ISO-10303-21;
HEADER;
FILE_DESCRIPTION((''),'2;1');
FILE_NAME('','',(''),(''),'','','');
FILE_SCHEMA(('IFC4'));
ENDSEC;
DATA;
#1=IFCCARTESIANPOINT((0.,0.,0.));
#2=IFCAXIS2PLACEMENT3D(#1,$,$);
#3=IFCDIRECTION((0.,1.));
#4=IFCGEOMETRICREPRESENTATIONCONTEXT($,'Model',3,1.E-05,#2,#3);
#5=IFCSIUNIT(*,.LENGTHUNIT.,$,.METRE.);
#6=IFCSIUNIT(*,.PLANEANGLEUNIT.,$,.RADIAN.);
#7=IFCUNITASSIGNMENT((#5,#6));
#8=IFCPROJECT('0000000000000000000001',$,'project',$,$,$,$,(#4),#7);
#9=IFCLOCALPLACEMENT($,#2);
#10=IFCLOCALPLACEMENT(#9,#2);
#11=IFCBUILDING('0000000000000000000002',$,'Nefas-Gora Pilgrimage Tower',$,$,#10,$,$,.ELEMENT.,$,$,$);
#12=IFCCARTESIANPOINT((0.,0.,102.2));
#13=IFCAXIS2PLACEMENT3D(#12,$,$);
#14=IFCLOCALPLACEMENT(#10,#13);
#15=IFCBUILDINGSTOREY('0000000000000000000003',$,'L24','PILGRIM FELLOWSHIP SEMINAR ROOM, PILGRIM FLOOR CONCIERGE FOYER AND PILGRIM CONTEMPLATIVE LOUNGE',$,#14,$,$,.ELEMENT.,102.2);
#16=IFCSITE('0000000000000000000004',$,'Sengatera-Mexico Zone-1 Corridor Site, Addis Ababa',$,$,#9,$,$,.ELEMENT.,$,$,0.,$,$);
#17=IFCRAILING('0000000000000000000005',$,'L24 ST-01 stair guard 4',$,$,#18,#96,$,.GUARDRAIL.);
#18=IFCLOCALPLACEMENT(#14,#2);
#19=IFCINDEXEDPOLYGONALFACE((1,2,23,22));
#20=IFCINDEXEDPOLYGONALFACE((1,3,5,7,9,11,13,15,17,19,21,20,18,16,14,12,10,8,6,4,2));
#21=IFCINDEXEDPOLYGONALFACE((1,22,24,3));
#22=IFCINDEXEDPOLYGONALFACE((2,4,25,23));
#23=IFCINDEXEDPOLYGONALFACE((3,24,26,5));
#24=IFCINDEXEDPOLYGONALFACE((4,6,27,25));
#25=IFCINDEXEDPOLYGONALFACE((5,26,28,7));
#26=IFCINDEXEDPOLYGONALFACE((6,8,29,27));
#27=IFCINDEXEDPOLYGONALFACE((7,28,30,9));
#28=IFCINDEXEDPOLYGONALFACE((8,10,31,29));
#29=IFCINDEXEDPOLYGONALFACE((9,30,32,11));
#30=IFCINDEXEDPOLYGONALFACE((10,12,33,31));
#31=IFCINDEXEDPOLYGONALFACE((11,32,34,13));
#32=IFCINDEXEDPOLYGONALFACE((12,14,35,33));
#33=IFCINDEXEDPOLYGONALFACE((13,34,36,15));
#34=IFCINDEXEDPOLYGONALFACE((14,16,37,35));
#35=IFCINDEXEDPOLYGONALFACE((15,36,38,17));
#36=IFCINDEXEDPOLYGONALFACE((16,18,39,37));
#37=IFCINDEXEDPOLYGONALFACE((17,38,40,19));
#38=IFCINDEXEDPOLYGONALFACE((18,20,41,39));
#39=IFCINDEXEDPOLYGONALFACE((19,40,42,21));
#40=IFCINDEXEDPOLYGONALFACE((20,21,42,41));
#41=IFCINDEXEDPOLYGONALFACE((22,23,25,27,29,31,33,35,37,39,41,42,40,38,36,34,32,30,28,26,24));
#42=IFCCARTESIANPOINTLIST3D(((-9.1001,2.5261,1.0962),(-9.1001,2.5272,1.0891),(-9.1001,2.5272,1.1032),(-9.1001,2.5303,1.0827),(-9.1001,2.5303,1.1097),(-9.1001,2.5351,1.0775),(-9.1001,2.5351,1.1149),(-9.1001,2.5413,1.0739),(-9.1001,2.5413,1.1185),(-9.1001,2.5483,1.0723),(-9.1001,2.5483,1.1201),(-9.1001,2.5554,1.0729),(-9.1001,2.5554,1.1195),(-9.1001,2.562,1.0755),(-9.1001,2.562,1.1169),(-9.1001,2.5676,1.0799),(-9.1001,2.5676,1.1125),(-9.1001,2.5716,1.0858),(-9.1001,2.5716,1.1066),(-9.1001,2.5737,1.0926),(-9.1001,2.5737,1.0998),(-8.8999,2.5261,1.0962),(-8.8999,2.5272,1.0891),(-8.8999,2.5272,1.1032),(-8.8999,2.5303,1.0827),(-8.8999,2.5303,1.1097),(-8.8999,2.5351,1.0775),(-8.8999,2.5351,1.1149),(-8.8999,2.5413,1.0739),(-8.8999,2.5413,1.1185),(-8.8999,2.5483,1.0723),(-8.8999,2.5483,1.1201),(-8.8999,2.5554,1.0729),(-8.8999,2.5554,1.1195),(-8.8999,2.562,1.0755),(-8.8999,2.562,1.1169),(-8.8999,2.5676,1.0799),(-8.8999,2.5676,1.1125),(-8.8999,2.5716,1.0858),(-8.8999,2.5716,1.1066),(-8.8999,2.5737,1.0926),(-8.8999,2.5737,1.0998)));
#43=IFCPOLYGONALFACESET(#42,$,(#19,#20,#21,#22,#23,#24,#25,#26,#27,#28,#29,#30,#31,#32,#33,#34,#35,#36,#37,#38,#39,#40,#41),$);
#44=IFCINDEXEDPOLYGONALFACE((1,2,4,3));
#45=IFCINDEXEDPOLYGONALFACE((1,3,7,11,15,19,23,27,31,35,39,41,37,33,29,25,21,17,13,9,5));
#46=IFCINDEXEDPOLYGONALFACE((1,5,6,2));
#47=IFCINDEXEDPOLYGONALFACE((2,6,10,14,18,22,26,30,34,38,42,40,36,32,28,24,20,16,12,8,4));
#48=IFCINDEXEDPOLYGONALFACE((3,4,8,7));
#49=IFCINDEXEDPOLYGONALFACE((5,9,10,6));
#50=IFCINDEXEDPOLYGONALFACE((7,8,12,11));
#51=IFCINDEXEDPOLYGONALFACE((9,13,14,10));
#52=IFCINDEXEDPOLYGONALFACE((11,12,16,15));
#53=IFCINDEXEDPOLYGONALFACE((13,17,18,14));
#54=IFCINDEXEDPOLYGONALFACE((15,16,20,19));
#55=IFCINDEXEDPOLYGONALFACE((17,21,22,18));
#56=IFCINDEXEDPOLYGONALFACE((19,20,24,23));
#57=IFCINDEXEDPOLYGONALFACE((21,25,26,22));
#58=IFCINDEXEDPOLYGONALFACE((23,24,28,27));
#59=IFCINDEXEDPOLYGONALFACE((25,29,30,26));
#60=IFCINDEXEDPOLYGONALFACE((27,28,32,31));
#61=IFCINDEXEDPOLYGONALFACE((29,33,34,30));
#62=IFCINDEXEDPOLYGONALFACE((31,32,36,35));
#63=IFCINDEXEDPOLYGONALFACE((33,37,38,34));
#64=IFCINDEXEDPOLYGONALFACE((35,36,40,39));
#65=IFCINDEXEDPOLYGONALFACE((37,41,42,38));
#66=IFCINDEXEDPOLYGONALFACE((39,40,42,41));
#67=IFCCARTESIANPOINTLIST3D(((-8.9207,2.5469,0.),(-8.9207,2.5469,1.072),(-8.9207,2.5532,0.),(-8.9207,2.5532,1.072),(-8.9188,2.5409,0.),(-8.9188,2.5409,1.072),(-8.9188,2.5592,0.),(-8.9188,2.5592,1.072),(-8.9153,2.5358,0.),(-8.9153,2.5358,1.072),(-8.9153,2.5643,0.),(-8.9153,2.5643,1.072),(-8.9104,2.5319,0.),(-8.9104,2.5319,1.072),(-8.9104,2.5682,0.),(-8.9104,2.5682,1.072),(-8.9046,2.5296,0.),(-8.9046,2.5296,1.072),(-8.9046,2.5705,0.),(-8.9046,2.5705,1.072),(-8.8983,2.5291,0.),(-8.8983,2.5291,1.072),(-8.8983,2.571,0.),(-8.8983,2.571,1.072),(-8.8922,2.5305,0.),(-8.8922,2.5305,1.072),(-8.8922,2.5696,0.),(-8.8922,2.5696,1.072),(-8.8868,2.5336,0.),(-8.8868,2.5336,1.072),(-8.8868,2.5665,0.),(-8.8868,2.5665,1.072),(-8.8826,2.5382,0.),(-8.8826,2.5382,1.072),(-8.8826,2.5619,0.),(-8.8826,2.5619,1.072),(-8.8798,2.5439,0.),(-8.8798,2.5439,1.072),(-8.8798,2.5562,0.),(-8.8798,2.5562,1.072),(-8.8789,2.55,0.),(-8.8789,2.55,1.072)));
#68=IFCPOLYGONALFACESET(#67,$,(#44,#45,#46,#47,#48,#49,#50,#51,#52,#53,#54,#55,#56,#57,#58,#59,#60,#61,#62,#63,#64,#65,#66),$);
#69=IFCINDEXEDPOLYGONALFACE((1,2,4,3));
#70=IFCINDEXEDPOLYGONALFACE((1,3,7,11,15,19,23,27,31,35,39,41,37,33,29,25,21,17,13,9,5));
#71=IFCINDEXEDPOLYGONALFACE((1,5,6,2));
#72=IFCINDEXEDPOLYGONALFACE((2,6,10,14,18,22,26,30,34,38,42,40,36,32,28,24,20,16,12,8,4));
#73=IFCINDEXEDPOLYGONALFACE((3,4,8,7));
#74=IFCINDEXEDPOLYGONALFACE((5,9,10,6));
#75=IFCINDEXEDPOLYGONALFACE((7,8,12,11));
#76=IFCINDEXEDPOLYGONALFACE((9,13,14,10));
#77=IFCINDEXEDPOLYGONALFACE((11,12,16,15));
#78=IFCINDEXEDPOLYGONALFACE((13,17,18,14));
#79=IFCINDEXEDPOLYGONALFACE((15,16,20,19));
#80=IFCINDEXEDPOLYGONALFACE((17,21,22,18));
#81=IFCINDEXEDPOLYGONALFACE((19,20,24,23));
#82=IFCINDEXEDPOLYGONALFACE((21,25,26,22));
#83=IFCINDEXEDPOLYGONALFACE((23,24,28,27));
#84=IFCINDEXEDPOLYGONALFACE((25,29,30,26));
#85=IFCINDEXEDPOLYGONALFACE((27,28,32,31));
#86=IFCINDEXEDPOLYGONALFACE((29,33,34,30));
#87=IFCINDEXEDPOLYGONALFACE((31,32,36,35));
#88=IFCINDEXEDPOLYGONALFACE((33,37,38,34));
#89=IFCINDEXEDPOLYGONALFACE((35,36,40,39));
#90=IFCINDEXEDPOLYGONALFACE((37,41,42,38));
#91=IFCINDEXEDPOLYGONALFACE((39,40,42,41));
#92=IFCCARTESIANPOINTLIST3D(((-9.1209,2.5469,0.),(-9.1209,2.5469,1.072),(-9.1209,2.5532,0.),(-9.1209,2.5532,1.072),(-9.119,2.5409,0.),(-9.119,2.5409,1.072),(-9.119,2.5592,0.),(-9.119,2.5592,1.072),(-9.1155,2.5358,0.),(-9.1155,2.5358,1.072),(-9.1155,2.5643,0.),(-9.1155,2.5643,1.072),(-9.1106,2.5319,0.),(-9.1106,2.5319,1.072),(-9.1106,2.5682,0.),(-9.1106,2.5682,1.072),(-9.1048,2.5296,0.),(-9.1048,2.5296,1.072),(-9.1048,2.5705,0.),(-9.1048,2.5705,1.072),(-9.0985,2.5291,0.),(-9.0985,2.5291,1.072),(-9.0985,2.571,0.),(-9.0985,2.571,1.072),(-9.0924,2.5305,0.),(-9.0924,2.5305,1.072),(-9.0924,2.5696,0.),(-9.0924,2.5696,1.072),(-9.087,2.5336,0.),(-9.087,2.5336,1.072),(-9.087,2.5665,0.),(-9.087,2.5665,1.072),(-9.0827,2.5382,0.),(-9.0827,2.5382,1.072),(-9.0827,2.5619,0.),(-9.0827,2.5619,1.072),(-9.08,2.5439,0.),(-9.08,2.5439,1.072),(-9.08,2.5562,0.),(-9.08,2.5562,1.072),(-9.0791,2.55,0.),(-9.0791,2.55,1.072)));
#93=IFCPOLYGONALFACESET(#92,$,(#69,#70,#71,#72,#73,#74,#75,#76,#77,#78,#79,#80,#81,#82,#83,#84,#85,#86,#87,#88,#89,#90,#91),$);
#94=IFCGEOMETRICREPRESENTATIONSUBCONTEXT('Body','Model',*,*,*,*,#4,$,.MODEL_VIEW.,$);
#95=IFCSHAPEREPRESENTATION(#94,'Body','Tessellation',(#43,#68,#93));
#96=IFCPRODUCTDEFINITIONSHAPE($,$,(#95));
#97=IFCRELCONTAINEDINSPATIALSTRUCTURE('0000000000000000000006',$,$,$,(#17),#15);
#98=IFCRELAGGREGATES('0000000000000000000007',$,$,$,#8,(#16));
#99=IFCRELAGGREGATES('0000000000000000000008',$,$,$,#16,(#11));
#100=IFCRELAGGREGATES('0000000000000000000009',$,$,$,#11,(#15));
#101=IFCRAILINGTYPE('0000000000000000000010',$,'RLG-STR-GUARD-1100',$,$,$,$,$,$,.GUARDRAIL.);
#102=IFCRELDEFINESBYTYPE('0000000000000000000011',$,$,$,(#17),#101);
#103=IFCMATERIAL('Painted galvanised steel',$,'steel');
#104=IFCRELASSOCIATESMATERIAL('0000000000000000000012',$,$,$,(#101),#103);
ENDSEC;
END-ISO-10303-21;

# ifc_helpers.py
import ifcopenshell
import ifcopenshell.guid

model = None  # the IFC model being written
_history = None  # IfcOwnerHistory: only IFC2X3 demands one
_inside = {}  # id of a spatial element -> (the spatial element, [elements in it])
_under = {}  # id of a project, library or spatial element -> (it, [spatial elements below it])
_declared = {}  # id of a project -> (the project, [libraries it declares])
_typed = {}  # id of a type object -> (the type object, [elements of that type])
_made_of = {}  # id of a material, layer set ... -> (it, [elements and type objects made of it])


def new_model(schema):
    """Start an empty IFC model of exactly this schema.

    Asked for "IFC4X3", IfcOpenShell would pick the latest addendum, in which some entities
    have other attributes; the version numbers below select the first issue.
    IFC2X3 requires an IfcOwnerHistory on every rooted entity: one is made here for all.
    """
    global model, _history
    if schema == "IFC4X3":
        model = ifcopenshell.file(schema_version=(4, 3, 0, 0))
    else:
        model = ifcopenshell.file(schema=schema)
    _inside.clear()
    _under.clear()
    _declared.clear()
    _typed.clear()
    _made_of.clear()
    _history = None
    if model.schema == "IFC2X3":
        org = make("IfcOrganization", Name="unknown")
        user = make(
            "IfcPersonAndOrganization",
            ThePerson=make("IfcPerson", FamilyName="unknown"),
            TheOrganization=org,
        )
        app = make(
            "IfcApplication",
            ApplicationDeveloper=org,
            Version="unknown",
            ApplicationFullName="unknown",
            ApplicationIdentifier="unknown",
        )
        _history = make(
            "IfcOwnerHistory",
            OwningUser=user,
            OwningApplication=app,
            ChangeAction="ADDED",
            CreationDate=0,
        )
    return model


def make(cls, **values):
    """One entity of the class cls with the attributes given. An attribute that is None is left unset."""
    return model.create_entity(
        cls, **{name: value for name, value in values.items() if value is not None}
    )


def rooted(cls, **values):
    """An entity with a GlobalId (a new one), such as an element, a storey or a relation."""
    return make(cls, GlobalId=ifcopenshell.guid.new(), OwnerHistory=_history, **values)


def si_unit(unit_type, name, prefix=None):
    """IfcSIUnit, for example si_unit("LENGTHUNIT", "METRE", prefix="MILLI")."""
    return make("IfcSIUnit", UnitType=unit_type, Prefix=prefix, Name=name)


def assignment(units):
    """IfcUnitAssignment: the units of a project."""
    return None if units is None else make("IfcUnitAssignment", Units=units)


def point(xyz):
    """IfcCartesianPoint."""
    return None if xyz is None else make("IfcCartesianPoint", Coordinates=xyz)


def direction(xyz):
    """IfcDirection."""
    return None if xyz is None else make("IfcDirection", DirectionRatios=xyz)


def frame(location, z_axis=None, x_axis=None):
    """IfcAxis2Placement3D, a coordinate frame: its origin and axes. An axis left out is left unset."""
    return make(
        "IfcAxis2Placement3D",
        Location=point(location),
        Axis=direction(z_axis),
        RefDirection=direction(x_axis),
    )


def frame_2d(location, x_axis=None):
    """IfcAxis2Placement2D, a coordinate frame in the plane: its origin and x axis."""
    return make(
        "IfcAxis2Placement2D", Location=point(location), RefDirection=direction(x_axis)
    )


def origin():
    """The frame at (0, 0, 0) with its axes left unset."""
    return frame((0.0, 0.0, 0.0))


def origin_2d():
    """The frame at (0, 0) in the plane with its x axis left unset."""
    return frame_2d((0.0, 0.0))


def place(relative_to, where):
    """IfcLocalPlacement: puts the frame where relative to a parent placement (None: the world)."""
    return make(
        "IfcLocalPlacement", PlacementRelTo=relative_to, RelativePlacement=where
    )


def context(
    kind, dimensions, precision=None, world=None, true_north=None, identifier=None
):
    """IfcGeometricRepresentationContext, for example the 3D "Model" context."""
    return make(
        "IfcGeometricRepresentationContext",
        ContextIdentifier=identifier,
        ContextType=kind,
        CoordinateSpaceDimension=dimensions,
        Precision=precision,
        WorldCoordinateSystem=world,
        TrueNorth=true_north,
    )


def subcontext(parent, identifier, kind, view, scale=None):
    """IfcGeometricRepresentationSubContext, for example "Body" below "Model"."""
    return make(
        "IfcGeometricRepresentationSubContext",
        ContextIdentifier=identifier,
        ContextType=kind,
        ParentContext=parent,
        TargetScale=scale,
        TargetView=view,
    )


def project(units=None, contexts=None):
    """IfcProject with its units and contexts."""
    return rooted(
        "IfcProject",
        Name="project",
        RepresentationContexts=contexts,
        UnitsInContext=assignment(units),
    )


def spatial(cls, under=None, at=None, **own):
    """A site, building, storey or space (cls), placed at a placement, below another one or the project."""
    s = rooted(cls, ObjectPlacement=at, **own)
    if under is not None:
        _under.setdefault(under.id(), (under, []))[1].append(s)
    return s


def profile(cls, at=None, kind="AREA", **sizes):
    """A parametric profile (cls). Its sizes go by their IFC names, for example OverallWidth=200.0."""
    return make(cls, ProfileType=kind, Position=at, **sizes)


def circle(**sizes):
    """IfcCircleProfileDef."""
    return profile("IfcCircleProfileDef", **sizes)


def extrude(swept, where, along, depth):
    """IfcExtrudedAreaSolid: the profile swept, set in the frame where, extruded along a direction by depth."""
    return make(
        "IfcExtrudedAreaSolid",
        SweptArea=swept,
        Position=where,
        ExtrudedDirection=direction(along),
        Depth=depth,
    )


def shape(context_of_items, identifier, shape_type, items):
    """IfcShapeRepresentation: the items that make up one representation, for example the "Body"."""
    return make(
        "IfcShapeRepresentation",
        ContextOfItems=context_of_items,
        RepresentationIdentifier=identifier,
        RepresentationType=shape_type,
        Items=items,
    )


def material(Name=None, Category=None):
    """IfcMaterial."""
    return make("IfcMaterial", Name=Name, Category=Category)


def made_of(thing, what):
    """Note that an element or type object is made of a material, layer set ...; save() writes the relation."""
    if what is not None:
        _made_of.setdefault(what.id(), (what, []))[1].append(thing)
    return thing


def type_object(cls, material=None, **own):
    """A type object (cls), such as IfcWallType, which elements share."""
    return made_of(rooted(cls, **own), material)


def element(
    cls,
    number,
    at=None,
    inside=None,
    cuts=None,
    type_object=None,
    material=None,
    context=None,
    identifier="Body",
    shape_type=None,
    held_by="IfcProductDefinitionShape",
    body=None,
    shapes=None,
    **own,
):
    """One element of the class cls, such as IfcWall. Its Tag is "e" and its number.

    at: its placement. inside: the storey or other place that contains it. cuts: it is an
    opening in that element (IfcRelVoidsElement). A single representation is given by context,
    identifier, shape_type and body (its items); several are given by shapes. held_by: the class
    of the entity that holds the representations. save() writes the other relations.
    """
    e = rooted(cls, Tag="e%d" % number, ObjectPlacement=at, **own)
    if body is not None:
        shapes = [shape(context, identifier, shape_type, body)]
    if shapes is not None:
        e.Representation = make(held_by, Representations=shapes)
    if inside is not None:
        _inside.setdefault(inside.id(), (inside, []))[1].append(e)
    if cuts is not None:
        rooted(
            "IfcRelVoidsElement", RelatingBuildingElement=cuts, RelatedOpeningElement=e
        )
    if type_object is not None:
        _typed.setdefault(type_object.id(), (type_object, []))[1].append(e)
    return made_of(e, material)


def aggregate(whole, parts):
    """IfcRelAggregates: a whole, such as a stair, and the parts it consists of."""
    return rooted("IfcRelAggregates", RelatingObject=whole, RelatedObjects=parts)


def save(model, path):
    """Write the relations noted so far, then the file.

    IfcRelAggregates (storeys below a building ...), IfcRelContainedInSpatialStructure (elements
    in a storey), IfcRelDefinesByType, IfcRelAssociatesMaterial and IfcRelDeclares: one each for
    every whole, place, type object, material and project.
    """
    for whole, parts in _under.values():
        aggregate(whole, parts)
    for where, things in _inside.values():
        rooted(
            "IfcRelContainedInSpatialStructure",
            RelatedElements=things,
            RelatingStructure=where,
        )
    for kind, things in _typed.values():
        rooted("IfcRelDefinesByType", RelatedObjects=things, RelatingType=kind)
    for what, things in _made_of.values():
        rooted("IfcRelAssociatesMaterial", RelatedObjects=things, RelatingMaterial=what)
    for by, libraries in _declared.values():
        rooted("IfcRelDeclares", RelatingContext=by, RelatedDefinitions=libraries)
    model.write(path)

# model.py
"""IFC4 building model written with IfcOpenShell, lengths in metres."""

from ifc_helpers import new_model, si_unit, direction, frame, origin, origin_2d, place, context, subcontext, project, spatial, circle, extrude, material, type_object, element, save


model = new_model("IFC4")

# Units and contexts
model_context = context("Model", 3, precision=1e-05, world=origin(), true_north=direction((0.0, 1.0)))
body_context = subcontext(model_context, "Body", "Model", "MODEL_VIEW")
ifc_project = project(units=[si_unit("LENGTHUNIT", "METRE"), si_unit("PLANEANGLEUNIT", "RADIAN")], contexts=[model_context])

# Site, building, storey
site_placement = place(None, origin())
site = spatial("IfcSite", under=ifc_project, at=site_placement, Name="Sengatera-Mexico Zone-1 Corridor Site, Addis Ababa", CompositionType="ELEMENT", RefElevation=0.0)
building_placement = place(site_placement, origin())
building = spatial("IfcBuilding", under=site, at=building_placement, Name="Nefas-Gora Pilgrimage Tower", CompositionType="ELEMENT")
storey_placement = place(building_placement, frame((0.0, 0.0, 102.2)))
storey = spatial("IfcBuildingStorey", under=building, at=storey_placement, Name="L24", Description="PILGRIM FELLOWSHIP SEMINAR ROOM, PILGRIM FLOOR CONCIERGE FOYER AND PILGRIM CONTEMPLATIVE LOUNGE", CompositionType="ELEMENT", Elevation=102.2)

# Railing
ifc_material_1 = material(Name="Painted galvanised steel", Category="steel")
railing_type_1 = type_object("IfcRailingType", Name="RLG-STR-GUARD-1100", PredefinedType="GUARDRAIL", material=ifc_material_1)
railing_1_placement = place(storey_placement, frame((-8.8999, 2.55, 0.0)))
element("IfcRailing", 1, at=railing_1_placement, inside=storey, type_object=railing_type_1, Name="L24 ST-01 stair guard 4", PredefinedType="GUARDRAIL", context=body_context, shape_type="SweptSolid", body=[
    extrude(circle(Radius=0.0239, at=origin_2d()), frame((0.0, 0.0, 1.0962), z_axis=(-1.0, 0.0, 0.0), x_axis=(0.0, -1.0, 0.0)), (0.0, 0.0, 1.0), 0.2002),
    extrude(circle(Radius=0.021, at=origin_2d()), origin(), (0.0, 0.0, 1.0), 1.072),
    extrude(circle(Radius=0.021, at=origin_2d()), frame((-0.2002, 0.0, 0.0)), (0.0, 0.0, 1.0), 1.072),
])

save(model, "model.ifc")
